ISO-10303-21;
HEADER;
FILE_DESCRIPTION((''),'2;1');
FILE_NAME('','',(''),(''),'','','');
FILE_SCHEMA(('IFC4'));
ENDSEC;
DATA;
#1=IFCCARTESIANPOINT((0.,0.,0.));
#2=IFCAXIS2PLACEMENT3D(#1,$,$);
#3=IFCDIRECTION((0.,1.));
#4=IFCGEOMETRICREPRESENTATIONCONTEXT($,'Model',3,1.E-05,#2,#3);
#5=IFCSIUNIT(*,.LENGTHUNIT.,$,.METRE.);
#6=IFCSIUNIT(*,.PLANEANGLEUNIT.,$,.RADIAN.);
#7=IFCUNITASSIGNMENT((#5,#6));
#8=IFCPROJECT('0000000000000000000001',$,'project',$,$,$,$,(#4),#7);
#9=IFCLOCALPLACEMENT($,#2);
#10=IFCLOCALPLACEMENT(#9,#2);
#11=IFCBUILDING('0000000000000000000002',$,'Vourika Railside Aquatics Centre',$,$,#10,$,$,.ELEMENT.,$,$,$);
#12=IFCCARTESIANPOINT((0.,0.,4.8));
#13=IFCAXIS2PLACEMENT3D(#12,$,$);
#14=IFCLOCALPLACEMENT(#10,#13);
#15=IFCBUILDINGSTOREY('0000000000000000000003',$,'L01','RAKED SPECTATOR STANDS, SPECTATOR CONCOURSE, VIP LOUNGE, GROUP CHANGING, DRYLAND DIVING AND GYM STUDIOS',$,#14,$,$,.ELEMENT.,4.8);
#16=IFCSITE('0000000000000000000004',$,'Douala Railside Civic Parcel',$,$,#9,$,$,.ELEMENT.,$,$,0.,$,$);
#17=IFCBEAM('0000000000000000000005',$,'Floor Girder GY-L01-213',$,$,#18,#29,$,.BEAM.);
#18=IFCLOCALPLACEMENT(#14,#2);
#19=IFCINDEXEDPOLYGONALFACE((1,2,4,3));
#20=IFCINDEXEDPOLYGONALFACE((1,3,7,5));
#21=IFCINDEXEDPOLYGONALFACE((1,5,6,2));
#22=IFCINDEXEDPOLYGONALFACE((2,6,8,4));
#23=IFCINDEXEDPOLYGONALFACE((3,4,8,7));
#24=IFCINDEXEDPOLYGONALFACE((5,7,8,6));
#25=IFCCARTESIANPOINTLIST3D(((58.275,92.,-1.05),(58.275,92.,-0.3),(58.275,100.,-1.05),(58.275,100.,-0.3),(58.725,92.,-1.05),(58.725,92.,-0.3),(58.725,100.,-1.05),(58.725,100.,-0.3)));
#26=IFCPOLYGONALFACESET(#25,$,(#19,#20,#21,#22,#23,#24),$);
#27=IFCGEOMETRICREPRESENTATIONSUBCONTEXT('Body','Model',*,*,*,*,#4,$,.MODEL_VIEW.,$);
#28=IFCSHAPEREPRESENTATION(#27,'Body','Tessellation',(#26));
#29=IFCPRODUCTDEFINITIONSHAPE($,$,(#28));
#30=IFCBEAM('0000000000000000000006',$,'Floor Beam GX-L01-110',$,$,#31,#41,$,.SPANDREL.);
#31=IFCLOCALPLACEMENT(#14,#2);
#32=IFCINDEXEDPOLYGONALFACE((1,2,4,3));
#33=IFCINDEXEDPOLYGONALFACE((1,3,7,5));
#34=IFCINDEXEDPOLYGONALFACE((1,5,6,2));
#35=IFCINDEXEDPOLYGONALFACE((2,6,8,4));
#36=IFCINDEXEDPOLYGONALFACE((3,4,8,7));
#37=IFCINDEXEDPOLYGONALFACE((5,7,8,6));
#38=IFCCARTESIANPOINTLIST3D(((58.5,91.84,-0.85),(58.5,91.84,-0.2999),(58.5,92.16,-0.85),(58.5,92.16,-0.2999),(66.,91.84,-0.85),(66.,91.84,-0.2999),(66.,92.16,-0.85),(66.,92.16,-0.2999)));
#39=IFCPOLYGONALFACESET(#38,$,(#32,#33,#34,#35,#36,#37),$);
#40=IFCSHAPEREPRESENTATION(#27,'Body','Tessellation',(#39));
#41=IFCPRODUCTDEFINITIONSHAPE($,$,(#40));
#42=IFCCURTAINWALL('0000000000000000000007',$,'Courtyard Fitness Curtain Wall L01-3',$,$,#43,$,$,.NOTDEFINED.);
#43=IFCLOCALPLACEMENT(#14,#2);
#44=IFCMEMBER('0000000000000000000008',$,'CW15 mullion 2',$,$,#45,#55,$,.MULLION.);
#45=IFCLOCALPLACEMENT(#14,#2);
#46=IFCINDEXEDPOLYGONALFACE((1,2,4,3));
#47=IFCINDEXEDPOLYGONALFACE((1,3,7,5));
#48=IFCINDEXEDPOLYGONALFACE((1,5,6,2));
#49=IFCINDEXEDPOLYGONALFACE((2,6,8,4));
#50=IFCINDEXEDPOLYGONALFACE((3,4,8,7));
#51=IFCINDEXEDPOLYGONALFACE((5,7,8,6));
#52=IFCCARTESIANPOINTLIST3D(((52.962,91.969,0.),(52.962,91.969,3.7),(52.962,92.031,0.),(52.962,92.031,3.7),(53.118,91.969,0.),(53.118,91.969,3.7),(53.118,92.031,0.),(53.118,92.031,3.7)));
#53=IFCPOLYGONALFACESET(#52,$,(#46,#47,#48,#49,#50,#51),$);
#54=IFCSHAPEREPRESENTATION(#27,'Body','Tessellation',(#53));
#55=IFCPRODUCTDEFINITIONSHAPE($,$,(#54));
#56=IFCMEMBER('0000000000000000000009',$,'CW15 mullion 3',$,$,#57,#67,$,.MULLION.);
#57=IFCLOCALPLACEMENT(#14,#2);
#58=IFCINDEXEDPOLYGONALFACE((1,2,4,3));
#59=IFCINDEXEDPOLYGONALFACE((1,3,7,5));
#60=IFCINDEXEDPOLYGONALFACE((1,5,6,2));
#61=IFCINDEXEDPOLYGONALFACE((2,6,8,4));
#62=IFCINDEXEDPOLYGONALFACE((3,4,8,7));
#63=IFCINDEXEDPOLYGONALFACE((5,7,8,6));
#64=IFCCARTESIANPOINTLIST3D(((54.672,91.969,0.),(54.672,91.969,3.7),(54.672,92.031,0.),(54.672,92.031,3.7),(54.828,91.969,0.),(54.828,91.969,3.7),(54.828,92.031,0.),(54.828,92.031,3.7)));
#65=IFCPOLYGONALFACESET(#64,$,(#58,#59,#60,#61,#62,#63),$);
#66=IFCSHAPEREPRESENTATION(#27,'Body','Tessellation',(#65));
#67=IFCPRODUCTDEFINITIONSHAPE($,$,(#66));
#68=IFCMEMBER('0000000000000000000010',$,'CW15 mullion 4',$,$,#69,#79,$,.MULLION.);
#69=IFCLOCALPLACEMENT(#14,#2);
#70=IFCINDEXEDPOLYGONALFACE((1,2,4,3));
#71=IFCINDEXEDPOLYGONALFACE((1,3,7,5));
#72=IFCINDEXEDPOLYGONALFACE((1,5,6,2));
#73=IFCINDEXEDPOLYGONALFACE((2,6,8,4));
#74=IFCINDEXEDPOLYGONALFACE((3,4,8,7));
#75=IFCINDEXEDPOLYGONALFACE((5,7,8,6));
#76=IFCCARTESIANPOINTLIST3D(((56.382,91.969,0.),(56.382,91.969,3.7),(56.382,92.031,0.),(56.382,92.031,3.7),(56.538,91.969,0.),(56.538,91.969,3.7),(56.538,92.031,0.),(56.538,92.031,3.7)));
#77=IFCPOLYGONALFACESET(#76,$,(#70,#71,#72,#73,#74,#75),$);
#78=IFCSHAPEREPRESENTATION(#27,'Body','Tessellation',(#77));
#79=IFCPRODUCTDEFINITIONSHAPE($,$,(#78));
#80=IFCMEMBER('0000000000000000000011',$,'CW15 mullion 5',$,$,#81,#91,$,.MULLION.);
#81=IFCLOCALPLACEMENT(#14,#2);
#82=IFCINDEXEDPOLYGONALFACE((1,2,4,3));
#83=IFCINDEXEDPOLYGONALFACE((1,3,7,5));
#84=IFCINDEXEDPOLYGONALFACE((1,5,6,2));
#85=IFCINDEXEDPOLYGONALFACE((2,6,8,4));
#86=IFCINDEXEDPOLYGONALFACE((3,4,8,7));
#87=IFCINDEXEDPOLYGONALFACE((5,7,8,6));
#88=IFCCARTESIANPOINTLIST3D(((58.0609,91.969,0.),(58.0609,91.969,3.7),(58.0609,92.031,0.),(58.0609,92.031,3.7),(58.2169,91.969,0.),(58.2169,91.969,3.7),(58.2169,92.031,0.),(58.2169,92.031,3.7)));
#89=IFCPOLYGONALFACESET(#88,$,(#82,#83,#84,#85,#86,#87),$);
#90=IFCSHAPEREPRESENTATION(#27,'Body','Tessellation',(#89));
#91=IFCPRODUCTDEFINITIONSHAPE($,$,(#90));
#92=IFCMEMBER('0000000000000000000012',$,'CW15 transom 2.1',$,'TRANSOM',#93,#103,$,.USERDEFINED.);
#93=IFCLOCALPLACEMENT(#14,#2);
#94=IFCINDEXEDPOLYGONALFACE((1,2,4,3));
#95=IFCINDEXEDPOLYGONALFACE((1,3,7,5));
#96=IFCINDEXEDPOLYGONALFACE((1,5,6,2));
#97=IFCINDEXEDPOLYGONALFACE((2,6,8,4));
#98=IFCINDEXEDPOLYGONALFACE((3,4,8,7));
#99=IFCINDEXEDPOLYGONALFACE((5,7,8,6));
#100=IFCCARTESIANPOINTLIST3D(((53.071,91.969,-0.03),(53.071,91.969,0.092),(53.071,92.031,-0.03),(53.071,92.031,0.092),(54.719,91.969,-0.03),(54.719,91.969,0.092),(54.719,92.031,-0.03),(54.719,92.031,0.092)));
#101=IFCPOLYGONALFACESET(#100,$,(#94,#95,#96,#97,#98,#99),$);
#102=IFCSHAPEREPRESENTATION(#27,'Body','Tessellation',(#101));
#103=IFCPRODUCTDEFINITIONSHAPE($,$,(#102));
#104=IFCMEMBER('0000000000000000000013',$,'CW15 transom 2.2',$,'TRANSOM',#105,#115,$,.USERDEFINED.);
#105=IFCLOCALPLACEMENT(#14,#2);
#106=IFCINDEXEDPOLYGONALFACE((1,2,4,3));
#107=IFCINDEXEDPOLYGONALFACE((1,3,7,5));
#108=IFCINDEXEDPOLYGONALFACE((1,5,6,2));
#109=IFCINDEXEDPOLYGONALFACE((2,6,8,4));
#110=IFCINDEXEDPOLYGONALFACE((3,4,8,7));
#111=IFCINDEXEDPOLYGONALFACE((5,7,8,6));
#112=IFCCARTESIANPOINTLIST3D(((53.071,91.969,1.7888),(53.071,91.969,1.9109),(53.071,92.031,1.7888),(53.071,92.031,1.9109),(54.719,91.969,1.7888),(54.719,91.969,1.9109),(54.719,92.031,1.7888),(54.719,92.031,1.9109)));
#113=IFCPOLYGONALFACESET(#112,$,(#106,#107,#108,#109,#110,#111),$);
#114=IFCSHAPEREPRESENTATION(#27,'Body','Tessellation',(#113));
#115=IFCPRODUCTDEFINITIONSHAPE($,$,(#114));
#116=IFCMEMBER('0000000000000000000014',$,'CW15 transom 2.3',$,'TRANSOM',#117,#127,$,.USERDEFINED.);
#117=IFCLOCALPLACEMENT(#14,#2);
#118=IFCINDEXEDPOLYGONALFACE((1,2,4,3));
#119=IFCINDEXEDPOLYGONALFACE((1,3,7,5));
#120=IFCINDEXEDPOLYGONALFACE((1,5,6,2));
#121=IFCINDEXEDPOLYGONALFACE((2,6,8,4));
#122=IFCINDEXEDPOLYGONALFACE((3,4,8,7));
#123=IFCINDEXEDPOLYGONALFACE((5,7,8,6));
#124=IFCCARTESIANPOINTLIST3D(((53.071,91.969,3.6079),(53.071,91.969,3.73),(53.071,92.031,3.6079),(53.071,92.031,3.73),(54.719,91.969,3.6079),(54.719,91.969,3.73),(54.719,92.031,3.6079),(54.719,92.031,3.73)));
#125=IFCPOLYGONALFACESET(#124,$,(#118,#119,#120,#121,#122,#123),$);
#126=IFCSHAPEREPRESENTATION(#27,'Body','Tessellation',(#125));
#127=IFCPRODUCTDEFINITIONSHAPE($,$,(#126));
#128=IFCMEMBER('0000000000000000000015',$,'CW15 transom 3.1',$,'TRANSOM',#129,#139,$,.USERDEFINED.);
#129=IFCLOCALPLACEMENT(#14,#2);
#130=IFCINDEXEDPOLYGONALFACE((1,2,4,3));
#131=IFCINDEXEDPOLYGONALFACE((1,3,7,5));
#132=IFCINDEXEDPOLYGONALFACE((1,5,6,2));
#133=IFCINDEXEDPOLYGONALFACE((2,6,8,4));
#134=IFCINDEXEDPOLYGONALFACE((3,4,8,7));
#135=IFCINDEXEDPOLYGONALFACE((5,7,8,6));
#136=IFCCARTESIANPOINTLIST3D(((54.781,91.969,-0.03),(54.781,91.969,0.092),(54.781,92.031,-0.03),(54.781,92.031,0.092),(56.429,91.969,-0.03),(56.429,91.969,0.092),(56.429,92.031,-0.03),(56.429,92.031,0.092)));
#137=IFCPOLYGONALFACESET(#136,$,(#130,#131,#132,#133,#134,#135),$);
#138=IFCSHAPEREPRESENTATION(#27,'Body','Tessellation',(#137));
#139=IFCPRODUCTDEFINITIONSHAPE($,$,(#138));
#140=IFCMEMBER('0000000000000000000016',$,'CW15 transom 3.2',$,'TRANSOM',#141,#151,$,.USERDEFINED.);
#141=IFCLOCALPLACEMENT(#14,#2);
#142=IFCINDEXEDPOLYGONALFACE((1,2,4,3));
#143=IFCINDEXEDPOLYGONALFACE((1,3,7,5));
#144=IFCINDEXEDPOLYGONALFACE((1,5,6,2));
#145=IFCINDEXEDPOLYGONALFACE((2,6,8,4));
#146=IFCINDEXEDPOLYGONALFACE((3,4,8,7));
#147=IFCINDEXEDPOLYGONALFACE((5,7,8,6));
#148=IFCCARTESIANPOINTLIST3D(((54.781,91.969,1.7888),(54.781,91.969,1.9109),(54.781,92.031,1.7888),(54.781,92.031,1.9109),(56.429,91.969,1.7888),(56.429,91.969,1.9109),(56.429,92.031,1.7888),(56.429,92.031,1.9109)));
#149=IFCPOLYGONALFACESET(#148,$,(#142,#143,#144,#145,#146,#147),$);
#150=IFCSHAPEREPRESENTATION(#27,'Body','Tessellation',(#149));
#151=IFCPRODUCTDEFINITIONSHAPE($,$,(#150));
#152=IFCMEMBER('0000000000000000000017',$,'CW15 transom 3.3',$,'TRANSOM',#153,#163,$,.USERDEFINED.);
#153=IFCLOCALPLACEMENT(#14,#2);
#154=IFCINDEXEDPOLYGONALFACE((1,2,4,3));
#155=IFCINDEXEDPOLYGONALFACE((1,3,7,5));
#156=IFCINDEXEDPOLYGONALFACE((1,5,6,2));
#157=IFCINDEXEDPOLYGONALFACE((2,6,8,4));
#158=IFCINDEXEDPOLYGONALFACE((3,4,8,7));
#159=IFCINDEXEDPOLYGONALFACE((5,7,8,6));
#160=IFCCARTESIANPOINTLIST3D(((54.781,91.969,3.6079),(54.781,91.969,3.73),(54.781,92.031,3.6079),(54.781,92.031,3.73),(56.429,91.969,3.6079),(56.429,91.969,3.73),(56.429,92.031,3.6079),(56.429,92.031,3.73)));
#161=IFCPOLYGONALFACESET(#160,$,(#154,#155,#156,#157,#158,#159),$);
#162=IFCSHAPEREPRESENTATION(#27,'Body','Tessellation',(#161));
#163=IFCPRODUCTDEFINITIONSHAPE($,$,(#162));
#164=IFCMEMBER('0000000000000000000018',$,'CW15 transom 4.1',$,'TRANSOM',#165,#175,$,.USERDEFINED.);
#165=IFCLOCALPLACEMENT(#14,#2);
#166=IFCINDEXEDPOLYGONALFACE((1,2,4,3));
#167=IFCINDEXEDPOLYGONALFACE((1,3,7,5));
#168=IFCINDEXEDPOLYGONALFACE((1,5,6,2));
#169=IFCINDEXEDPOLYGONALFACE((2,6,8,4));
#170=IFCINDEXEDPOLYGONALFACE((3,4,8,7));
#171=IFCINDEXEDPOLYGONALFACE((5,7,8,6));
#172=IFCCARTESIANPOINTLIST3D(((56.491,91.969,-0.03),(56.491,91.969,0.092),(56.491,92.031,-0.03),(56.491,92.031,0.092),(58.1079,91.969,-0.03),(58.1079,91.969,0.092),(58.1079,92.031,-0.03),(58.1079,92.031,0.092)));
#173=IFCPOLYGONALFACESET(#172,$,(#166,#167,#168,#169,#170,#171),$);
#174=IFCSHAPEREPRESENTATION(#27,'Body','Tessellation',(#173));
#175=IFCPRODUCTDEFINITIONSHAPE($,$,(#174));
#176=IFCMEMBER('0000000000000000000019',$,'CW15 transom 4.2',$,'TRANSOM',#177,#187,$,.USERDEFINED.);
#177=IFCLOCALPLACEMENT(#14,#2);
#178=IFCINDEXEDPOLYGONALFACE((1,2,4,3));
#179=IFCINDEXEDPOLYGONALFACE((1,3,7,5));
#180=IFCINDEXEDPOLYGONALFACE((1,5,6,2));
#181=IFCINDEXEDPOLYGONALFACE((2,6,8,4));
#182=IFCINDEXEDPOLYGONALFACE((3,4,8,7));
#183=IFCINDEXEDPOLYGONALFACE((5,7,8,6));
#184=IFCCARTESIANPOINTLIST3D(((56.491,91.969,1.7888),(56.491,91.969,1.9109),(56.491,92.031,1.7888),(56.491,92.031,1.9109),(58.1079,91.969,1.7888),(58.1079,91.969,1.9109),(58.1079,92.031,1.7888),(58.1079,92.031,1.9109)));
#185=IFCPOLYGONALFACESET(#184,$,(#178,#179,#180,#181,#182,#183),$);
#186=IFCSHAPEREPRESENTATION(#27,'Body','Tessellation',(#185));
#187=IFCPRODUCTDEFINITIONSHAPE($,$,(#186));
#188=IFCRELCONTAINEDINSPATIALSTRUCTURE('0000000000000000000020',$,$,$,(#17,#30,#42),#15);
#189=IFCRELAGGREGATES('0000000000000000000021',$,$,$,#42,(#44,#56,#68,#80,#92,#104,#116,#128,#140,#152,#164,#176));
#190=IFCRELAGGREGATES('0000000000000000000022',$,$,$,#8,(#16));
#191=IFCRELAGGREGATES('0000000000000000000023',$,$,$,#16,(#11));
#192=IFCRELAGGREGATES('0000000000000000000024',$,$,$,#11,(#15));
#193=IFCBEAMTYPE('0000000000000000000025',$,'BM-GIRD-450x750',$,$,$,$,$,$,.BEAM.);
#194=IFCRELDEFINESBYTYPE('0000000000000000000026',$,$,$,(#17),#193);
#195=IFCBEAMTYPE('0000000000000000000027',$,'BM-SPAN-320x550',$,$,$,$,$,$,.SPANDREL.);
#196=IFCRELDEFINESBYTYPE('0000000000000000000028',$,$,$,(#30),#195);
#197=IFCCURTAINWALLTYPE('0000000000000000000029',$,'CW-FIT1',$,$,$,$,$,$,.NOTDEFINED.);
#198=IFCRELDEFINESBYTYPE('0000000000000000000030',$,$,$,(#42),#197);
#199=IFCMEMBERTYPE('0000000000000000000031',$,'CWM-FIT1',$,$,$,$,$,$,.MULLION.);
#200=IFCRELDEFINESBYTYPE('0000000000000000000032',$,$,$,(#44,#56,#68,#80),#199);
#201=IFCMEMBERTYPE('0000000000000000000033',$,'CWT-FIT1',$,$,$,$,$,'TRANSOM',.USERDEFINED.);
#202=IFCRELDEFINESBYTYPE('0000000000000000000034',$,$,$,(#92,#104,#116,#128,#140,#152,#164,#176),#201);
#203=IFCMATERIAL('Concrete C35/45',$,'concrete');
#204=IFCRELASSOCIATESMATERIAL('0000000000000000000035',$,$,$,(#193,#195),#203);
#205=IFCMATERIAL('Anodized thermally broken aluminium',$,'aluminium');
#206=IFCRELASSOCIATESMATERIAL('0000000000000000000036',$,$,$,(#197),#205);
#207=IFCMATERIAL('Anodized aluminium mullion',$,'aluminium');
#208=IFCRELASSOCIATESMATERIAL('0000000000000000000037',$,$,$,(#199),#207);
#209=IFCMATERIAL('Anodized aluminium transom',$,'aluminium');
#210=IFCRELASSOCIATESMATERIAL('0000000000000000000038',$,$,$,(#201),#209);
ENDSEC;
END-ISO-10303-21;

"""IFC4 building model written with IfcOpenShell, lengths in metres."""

from ifc_helpers import new_model, si_unit, direction, frame, origin, origin_2d, place, context, subcontext, project, spatial, rectangle, extrude, material, material_profile, profile_set, type_object, element, aggregate, save


model = new_model("IFC4")

# Units and contexts
model_context = context("Model", 3, precision=1e-05, world=origin(), true_north=direction((0.0, 1.0)))
body_context = subcontext(model_context, "Body", "Model", "MODEL_VIEW")
ifc_project = project(units=[si_unit("LENGTHUNIT", "METRE"), si_unit("PLANEANGLEUNIT", "RADIAN")], contexts=[model_context])

# Site, building, storey
site_placement = place(None, origin())
site = spatial("IfcSite", under=ifc_project, at=site_placement, Name="Douala Railside Civic Parcel", CompositionType="ELEMENT", RefElevation=0.0)
building_placement = place(site_placement, origin())
building = spatial("IfcBuilding", under=site, at=building_placement, Name="Vourika Railside Aquatics Centre", CompositionType="ELEMENT")
storey_placement = place(building_placement, frame((0.0, 0.0, 4.8)))
storey = spatial("IfcBuildingStorey", under=building, at=storey_placement, Name="L01", Description="RAKED SPECTATOR STANDS, SPECTATOR CONCOURSE, VIP LOUNGE, GROUP CHANGING, DRYLAND DIVING AND GYM STUDIOS", CompositionType="ELEMENT", Elevation=4.8)

# Beams
ifc_material_1 = material(Name="Concrete C35/45", Category="concrete")
ifc_material_profile_1 = material_profile(ifc_material_1, rectangle(XDim=0.45, YDim=0.75, at=origin_2d()), Name="RC 450x750")
ifc_profile_set_1 = profile_set([ifc_material_profile_1], Name="Concrete C35/45")
beam_type_1 = type_object("IfcBeamType", Name="BM-GIRD-450x750", PredefinedType="BEAM", material=ifc_profile_set_1)
beam_1_placement = place(storey_placement, frame((58.5, 92.0, -0.675), z_axis=(0.0, 1.0, 0.0), x_axis=(-1.0, 0.0, 0.0)))
element("IfcBeam", 1, at=beam_1_placement, inside=storey, type_object=beam_type_1, Name="Floor Girder GY-L01-213", PredefinedType="BEAM", context=body_context, shape_type="SweptSolid", body=[
    extrude(rectangle(XDim=0.45, YDim=0.75, at=origin_2d()), origin(), (0.0, 0.0, 1.0), 8.0),
])
ifc_material_profile_2 = material_profile(ifc_material_1, rectangle(XDim=0.3201, YDim=0.55, at=origin_2d()), Name="RC 320x550")
ifc_profile_set_2 = profile_set([ifc_material_profile_2], Name="Concrete C35/45")
beam_type_2 = type_object("IfcBeamType", Name="BM-SPAN-320x550", PredefinedType="SPANDREL", material=ifc_profile_set_2)
beam_2_placement = place(storey_placement, frame((58.5, 92.0, -0.575), z_axis=(1.0, 0.0, 0.0), x_axis=(0.0, 1.0, 0.0)))
element("IfcBeam", 2, at=beam_2_placement, inside=storey, type_object=beam_type_2, Name="Floor Beam GX-L01-110", PredefinedType="SPANDREL", context=body_context, shape_type="SweptSolid", body=[
    extrude(rectangle(XDim=0.3201, YDim=0.55, at=origin_2d()), origin(), (0.0, 0.0, 1.0), 7.5),
])

# Curtain wall, members
ifc_material_2 = material(Name="Anodized thermally broken aluminium", Category="aluminium")
curtain_wall_type = type_object("IfcCurtainWallType", Name="CW-FIT1", PredefinedType="NOTDEFINED", material=ifc_material_2)
curtain_wall_placement = place(storey_placement, origin())
curtain_wall = element("IfcCurtainWall", 3, at=curtain_wall_placement, inside=storey, type_object=curtain_wall_type, Name="Courtyard Fitness Curtain Wall L01-3", PredefinedType="NOTDEFINED")
ifc_material_3 = material(Name="Anodized aluminium mullion", Category="aluminium")
ifc_material_profile_3 = material_profile(ifc_material_3, rectangle(XDim=0.062, YDim=0.156, at=origin_2d()), Name="ALU-M 62x156")
ifc_profile_set_3 = profile_set([ifc_material_profile_3], Name="Anodized aluminium mullion")
member_type_1 = type_object("IfcMemberType", Name="CWM-FIT1", PredefinedType="MULLION", material=ifc_profile_set_3)
member_1_placement = place(storey_placement, frame((53.04, 92.0, 0.0), z_axis=(0.0, 0.0, 1.0), x_axis=(0.0, 1.0, 0.0)))
member_1 = element("IfcMember", 4, at=member_1_placement, type_object=member_type_1, Name="CW15 mullion 2", PredefinedType="MULLION", context=body_context, shape_type="SweptSolid", body=[
    extrude(rectangle(XDim=0.062, YDim=0.156, at=origin_2d()), origin(), (0.0, 0.0, 1.0), 3.7),
])
member_2_placement = place(storey_placement, frame((54.75, 92.0, 0.0), z_axis=(0.0, 0.0, 1.0), x_axis=(0.0, 1.0, 0.0)))
member_2 = element("IfcMember", 5, at=member_2_placement, type_object=member_type_1, Name="CW15 mullion 3", PredefinedType="MULLION", context=body_context, shape_type="SweptSolid", body=[
    extrude(rectangle(XDim=0.062, YDim=0.156, at=origin_2d()), origin(), (0.0, 0.0, 1.0), 3.7),
])
member_3_placement = place(storey_placement, frame((56.46, 92.0, 0.0), z_axis=(0.0, 0.0, 1.0), x_axis=(0.0, 1.0, 0.0)))
member_3 = element("IfcMember", 6, at=member_3_placement, type_object=member_type_1, Name="CW15 mullion 4", PredefinedType="MULLION", context=body_context, shape_type="SweptSolid", body=[
    extrude(rectangle(XDim=0.062, YDim=0.156, at=origin_2d()), origin(), (0.0, 0.0, 1.0), 3.7),
])
member_4_placement = place(storey_placement, frame((58.1389, 92.0, 0.0), z_axis=(0.0, 0.0, 1.0), x_axis=(0.0, 1.0, 0.0)))
member_4 = element("IfcMember", 7, at=member_4_placement, type_object=member_type_1, Name="CW15 mullion 5", PredefinedType="MULLION", context=body_context, shape_type="SweptSolid", body=[
    extrude(rectangle(XDim=0.062, YDim=0.156, at=origin_2d()), origin(), (0.0, 0.0, 1.0), 3.7),
])
ifc_material_4 = material(Name="Anodized aluminium transom", Category="aluminium")
ifc_material_profile_4 = material_profile(ifc_material_4, rectangle(XDim=0.062, YDim=0.1221, at=origin_2d()), Name="ALU-T 62x122")
ifc_profile_set_4 = profile_set([ifc_material_profile_4], Name="Anodized aluminium transom")
member_type_2 = type_object("IfcMemberType", Name="CWT-FIT1", ElementType="TRANSOM", PredefinedType="USERDEFINED", material=ifc_profile_set_4)
member_5_placement = place(storey_placement, frame((53.071, 92.0, 0.031), z_axis=(1.0, 0.0, 0.0), x_axis=(0.0, 1.0, 0.0)))
member_5 = element("IfcMember", 8, at=member_5_placement, type_object=member_type_2, Name="CW15 transom 2.1", ObjectType="TRANSOM", PredefinedType="USERDEFINED", context=body_context, shape_type="SweptSolid", body=[
    extrude(rectangle(XDim=0.062, YDim=0.1221, at=origin_2d()), origin(), (0.0, 0.0, 1.0), 1.6479),
])
member_6_placement = place(storey_placement, frame((53.071, 92.0, 1.8499), z_axis=(1.0, 0.0, 0.0), x_axis=(0.0, 1.0, 0.0)))
member_6 = element("IfcMember", 9, at=member_6_placement, type_object=member_type_2, Name="CW15 transom 2.2", ObjectType="TRANSOM", PredefinedType="USERDEFINED", context=body_context, shape_type="SweptSolid", body=[
    extrude(rectangle(XDim=0.062, YDim=0.1221, at=origin_2d()), origin(), (0.0, 0.0, 1.0), 1.6479),
])
member_7_placement = place(storey_placement, frame((53.071, 92.0, 3.6689), z_axis=(1.0, 0.0, 0.0), x_axis=(0.0, 1.0, 0.0)))
member_7 = element("IfcMember", 10, at=member_7_placement, type_object=member_type_2, Name="CW15 transom 2.3", ObjectType="TRANSOM", PredefinedType="USERDEFINED", context=body_context, shape_type="SweptSolid", body=[
    extrude(rectangle(XDim=0.062, YDim=0.1221, at=origin_2d()), origin(), (0.0, 0.0, 1.0), 1.6479),
])
member_8_placement = place(storey_placement, frame((54.781, 92.0, 0.031), z_axis=(1.0, 0.0, 0.0), x_axis=(0.0, 1.0, 0.0)))
member_8 = element("IfcMember", 11, at=member_8_placement, type_object=member_type_2, Name="CW15 transom 3.1", ObjectType="TRANSOM", PredefinedType="USERDEFINED", context=body_context, shape_type="SweptSolid", body=[
    extrude(rectangle(XDim=0.062, YDim=0.1221, at=origin_2d()), origin(), (0.0, 0.0, 1.0), 1.6479),
])
member_9_placement = place(storey_placement, frame((54.781, 92.0, 1.8499), z_axis=(1.0, 0.0, 0.0), x_axis=(0.0, 1.0, 0.0)))
member_9 = element("IfcMember", 12, at=member_9_placement, type_object=member_type_2, Name="CW15 transom 3.2", ObjectType="TRANSOM", PredefinedType="USERDEFINED", context=body_context, shape_type="SweptSolid", body=[
    extrude(rectangle(XDim=0.062, YDim=0.1221, at=origin_2d()), origin(), (0.0, 0.0, 1.0), 1.6479),
])
member_10_placement = place(storey_placement, frame((54.781, 92.0, 3.6689), z_axis=(1.0, 0.0, 0.0), x_axis=(0.0, 1.0, 0.0)))
member_10 = element("IfcMember", 13, at=member_10_placement, type_object=member_type_2, Name="CW15 transom 3.3", ObjectType="TRANSOM", PredefinedType="USERDEFINED", context=body_context, shape_type="SweptSolid", body=[
    extrude(rectangle(XDim=0.062, YDim=0.1221, at=origin_2d()), origin(), (0.0, 0.0, 1.0), 1.6479),
])
member_11_placement = place(storey_placement, frame((56.491, 92.0, 0.031), z_axis=(1.0, 0.0, 0.0), x_axis=(0.0, 1.0, 0.0)))
member_11 = element("IfcMember", 14, at=member_11_placement, type_object=member_type_2, Name="CW15 transom 4.1", ObjectType="TRANSOM", PredefinedType="USERDEFINED", context=body_context, shape_type="SweptSolid", body=[
    extrude(rectangle(XDim=0.062, YDim=0.1221, at=origin_2d()), origin(), (0.0, 0.0, 1.0), 1.6169),
])
member_12_placement = place(storey_placement, frame((56.491, 92.0, 1.8499), z_axis=(1.0, 0.0, 0.0), x_axis=(0.0, 1.0, 0.0)))
member_12 = element("IfcMember", 15, at=member_12_placement, type_object=member_type_2, Name="CW15 transom 4.2", ObjectType="TRANSOM", PredefinedType="USERDEFINED", context=body_context, shape_type="SweptSolid", body=[
    extrude(rectangle(XDim=0.062, YDim=0.1221, at=origin_2d()), origin(), (0.0, 0.0, 1.0), 1.6169),
])
aggregate(curtain_wall, [member_1, member_2, member_3, member_4, member_5, member_6, member_7, member_8, member_9, member_10, member_11, member_12])

save(model, "model.ifc")
